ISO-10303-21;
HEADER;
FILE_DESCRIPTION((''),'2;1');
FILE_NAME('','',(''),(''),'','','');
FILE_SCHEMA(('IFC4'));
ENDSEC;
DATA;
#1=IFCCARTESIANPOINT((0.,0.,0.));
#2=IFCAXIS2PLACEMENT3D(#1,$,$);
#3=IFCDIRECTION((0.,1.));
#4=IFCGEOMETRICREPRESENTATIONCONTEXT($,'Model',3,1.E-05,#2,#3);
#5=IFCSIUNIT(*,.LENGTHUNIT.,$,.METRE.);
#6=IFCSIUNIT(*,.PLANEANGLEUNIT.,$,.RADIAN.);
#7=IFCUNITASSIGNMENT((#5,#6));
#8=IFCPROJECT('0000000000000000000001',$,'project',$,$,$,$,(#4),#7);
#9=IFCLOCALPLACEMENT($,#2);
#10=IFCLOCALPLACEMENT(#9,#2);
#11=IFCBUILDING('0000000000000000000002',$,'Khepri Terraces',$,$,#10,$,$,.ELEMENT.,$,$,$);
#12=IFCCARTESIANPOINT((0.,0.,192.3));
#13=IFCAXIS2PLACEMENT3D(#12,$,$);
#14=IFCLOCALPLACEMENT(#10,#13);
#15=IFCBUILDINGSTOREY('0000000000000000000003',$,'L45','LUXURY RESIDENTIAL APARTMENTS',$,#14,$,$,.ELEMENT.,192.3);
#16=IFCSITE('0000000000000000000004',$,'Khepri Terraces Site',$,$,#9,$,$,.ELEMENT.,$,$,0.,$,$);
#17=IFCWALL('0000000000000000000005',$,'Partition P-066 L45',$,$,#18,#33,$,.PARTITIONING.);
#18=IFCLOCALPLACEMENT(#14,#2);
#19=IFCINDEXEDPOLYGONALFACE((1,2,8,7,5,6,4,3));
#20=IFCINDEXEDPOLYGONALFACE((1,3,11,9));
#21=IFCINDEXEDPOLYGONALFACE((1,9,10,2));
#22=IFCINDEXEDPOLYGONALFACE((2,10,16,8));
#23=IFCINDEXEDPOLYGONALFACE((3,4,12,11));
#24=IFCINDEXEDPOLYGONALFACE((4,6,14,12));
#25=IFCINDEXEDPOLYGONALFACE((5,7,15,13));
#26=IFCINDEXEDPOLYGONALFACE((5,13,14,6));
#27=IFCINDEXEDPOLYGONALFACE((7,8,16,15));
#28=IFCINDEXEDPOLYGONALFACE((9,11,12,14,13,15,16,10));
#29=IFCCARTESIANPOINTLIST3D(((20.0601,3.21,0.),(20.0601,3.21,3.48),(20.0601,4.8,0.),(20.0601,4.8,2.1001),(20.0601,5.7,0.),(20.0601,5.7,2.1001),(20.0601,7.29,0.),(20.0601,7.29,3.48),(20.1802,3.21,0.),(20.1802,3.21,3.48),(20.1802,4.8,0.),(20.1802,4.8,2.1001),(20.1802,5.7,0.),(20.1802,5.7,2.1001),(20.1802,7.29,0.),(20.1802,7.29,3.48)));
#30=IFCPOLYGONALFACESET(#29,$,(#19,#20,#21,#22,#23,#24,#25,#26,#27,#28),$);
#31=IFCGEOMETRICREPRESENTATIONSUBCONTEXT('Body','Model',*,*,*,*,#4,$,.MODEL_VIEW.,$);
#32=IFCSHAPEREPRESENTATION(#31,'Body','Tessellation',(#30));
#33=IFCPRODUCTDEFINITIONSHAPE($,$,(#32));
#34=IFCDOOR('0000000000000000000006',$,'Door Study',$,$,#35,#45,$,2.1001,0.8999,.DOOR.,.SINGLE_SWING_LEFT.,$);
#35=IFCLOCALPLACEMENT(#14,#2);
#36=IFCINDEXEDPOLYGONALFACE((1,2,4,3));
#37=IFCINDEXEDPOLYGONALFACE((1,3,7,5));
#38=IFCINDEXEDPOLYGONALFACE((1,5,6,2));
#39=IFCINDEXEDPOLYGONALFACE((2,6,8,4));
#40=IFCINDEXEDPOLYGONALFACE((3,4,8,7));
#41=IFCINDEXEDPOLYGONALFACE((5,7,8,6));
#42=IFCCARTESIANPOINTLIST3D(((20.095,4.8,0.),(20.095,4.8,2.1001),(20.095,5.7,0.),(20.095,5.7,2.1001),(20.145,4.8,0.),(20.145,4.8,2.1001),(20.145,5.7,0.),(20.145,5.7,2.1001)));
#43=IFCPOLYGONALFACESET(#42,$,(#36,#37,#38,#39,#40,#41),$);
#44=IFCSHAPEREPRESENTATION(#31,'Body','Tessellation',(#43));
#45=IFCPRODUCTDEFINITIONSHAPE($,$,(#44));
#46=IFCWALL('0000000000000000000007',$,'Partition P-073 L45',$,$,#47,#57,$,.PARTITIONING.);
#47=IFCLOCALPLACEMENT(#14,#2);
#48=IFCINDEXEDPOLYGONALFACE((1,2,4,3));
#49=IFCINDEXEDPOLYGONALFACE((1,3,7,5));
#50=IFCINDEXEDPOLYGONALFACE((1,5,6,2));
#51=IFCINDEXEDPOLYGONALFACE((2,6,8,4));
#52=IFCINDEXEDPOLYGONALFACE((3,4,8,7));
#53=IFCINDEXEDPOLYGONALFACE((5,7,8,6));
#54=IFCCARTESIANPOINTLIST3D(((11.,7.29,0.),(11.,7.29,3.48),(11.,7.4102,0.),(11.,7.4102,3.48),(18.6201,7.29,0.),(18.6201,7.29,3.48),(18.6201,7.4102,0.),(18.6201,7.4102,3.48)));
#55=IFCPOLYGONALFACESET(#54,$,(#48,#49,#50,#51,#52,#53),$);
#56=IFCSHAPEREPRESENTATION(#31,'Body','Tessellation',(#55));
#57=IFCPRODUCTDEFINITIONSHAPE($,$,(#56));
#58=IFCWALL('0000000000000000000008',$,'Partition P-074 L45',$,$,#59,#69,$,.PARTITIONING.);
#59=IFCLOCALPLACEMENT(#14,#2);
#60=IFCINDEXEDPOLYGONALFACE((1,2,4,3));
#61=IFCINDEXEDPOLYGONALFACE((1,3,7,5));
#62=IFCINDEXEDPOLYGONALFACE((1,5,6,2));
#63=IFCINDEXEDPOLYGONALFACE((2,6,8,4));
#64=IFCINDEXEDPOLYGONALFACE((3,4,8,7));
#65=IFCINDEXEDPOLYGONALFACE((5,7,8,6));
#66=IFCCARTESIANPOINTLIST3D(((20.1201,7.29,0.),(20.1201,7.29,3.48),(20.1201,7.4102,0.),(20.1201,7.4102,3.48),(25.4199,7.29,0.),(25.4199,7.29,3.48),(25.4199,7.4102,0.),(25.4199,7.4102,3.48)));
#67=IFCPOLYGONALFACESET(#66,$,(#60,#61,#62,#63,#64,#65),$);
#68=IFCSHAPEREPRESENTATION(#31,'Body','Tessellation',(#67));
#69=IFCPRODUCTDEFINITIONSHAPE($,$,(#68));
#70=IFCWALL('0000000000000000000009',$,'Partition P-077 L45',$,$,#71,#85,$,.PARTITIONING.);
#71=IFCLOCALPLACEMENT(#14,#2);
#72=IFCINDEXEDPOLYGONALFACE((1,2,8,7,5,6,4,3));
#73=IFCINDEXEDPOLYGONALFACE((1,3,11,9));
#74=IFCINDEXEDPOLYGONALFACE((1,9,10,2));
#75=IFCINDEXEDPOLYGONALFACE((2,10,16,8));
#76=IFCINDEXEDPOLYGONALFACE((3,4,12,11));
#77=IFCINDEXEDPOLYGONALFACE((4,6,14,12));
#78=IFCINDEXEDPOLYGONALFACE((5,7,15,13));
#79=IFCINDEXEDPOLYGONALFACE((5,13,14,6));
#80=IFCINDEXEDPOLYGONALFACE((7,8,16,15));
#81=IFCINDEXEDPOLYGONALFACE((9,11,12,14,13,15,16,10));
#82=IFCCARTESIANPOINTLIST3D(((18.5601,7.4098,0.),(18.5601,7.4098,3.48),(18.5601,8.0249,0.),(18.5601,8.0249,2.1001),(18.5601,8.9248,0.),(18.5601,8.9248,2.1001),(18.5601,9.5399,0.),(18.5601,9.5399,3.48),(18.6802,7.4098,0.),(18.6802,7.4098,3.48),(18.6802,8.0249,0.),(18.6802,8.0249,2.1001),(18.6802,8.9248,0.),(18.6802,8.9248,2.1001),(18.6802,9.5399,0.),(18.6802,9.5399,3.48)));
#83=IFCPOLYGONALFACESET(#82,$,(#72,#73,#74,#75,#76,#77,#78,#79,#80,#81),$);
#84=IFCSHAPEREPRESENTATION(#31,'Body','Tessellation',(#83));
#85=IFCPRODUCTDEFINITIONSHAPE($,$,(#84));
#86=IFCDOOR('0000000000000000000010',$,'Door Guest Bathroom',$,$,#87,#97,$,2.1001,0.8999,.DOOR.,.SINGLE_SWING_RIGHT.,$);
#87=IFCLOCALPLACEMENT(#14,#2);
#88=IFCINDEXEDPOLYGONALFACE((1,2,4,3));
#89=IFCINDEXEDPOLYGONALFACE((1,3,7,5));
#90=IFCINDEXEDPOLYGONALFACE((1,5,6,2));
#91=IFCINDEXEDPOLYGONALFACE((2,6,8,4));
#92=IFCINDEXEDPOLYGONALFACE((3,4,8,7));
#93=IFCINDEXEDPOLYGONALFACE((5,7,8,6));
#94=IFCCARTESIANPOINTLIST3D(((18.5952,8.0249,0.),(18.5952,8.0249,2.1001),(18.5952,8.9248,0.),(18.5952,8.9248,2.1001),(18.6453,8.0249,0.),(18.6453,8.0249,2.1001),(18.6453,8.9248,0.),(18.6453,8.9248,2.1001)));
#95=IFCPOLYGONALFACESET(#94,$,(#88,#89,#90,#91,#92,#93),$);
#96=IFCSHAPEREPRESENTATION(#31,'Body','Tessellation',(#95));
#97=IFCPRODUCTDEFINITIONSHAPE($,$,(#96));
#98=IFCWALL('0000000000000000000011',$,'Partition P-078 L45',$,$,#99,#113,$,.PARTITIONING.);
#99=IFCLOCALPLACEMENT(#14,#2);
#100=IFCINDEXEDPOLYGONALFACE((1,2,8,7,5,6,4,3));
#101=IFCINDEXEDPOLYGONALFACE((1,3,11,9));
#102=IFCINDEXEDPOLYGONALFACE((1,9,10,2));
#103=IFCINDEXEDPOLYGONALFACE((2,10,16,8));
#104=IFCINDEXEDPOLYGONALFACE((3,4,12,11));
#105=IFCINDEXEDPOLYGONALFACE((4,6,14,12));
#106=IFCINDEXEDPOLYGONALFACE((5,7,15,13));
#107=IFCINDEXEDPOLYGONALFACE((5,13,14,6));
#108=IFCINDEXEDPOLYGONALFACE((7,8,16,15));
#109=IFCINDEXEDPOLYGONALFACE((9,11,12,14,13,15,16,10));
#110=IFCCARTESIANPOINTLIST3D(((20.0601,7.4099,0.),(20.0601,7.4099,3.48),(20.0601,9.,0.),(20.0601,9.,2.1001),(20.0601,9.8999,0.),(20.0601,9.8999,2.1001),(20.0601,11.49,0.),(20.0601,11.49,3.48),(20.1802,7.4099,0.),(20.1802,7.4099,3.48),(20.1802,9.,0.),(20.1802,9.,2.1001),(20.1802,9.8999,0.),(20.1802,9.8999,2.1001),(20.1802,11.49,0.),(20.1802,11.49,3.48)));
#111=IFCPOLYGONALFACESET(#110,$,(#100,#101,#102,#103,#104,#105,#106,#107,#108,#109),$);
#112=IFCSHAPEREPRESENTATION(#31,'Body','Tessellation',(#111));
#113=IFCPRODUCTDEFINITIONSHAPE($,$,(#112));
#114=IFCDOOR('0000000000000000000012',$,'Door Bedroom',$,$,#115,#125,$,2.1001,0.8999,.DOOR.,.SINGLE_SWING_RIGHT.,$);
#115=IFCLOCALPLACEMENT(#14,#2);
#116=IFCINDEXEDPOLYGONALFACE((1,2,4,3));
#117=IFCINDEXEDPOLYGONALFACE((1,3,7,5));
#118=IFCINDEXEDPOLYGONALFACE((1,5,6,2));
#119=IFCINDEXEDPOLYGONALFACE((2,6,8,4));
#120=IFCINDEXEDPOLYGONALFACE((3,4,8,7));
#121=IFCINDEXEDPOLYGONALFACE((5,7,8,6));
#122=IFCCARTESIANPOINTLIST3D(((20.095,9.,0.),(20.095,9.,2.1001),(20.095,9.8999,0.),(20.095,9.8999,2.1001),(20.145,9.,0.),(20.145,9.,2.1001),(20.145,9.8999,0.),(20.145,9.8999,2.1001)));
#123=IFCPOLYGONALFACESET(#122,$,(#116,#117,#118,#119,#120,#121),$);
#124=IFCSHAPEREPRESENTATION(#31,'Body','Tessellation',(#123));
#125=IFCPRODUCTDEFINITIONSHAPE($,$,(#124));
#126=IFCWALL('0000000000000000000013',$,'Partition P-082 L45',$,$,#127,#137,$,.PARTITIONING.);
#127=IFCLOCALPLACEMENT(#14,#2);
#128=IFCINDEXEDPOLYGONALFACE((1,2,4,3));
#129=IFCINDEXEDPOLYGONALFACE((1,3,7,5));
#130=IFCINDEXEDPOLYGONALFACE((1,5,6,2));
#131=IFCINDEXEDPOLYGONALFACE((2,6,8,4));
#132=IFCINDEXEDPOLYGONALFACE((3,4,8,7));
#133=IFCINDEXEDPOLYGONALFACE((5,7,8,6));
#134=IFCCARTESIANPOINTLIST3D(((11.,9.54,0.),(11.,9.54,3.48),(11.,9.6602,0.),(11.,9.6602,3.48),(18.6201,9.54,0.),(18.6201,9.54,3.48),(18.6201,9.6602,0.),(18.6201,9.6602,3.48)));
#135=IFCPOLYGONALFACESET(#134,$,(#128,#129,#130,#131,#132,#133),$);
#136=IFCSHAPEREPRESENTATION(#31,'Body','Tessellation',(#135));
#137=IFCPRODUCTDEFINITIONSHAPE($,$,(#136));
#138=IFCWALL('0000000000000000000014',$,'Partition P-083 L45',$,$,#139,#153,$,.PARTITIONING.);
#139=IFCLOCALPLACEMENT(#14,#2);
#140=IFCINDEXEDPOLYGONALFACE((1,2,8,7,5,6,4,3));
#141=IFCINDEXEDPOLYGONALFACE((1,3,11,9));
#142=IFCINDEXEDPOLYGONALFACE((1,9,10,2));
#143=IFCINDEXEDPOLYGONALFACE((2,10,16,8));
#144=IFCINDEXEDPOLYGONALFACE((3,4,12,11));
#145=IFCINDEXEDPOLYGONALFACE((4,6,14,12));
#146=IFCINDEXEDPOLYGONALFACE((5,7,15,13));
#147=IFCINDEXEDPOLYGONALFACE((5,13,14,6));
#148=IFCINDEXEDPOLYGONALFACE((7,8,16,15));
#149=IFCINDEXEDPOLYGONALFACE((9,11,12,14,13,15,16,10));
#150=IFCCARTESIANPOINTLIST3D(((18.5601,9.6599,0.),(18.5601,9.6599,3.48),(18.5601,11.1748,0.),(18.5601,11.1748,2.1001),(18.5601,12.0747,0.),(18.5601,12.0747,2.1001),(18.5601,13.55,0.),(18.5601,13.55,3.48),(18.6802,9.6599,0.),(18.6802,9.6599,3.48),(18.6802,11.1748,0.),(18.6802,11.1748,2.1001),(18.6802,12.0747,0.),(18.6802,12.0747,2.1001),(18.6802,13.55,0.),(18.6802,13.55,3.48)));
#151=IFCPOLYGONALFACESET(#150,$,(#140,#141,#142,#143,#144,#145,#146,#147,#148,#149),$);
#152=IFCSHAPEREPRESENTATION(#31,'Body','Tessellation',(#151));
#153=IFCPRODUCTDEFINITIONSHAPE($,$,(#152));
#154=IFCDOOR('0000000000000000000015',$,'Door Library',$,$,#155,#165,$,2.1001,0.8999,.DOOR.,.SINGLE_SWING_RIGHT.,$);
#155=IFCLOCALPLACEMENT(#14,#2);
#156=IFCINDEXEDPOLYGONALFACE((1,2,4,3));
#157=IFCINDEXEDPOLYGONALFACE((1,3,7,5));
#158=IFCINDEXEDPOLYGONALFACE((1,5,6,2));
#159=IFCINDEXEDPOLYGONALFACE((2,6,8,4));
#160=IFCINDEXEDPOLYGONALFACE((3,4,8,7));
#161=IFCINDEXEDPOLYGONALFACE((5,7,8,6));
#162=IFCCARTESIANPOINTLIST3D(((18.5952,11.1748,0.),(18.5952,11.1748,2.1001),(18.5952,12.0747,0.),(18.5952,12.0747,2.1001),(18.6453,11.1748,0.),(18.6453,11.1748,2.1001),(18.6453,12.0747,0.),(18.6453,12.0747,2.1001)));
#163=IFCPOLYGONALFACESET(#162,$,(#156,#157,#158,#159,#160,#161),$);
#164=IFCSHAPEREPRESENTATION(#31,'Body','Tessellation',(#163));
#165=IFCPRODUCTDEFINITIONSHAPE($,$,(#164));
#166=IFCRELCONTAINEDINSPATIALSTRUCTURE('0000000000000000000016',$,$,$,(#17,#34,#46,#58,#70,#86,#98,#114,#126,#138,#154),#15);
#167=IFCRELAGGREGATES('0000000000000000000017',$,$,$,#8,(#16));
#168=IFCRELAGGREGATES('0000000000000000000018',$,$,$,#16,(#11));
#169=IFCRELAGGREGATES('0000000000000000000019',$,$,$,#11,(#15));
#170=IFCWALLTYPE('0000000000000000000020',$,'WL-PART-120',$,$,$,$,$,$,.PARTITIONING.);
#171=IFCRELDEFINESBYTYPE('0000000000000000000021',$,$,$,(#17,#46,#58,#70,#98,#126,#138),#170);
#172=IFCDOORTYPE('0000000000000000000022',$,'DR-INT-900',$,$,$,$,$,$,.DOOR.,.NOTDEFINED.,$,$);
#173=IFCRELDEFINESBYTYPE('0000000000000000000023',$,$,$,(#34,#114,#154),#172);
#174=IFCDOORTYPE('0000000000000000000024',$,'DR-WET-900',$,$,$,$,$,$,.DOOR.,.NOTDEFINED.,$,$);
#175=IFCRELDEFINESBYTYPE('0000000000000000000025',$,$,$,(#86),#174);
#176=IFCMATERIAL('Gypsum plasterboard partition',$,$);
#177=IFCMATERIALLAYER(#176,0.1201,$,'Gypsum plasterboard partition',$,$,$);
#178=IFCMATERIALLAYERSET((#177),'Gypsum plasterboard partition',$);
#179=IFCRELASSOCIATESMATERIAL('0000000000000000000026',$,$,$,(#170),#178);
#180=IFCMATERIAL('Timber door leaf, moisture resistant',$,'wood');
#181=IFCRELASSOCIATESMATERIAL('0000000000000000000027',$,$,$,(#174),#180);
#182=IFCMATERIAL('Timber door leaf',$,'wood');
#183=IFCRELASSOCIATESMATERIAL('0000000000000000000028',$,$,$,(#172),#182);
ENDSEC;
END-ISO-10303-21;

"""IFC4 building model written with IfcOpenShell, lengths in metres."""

from ifc_helpers import new_model, si_unit, direction, frame, frame_2d, origin, place, context, subcontext, project, spatial, rectangle, extrude, material, layer, layer_set, type_object, element, fill, save


model = new_model("IFC4")

# Units and contexts
model_context = context("Model", 3, precision=1e-05, world=origin(), true_north=direction((0.0, 1.0)))
body_context = subcontext(model_context, "Body", "Model", "MODEL_VIEW")
ifc_project = project(units=[si_unit("LENGTHUNIT", "METRE"), si_unit("PLANEANGLEUNIT", "RADIAN")], contexts=[model_context])

# Site, building, storey
site_placement = place(None, origin())
site = spatial("IfcSite", under=ifc_project, at=site_placement, Name="Khepri Terraces Site", CompositionType="ELEMENT", RefElevation=0.0)
building_placement = place(site_placement, origin())
building = spatial("IfcBuilding", under=site, at=building_placement, Name="Khepri Terraces", CompositionType="ELEMENT")
storey_placement = place(building_placement, frame((0.0, 0.0, 192.3)))
storey = spatial("IfcBuildingStorey", under=building, at=storey_placement, Name="L45", Description="LUXURY RESIDENTIAL APARTMENTS", CompositionType="ELEMENT", Elevation=192.3)

# Shared definitions
ifc_material_1 = material(Name="Gypsum plasterboard partition")
ifc_layer_1 = layer(ifc_material_1, 0.1201, Name="Gypsum plasterboard partition")
ifc_layer_set_1 = layer_set([ifc_layer_1], Name="Gypsum plasterboard partition")
wall_type_1 = type_object("IfcWallType", Name="WL-PART-120", PredefinedType="PARTITIONING", material=ifc_layer_set_1)
ifc_material_2 = material(Name="Timber door leaf, moisture resistant", Category="wood")
door_type_1 = type_object("IfcDoorType", Name="DR-WET-900", OperationType="NOTDEFINED", PredefinedType="DOOR", material=ifc_material_2)

# Wall, opening, door
ifc_material_3 = material(Name="Timber door leaf", Category="wood")
door_type_2 = type_object("IfcDoorType", Name="DR-INT-900", OperationType="NOTDEFINED", PredefinedType="DOOR", material=ifc_material_3)
wall_1_placement = place(storey_placement, frame((20.1201, 3.21, 0.0), z_axis=(0.0, 0.0, 1.0), x_axis=(0.0, 1.0, 0.0)))
wall_1 = element("IfcWall", 1, at=wall_1_placement, inside=storey, type_object=wall_type_1, Name="Partition P-066 L45", PredefinedType="PARTITIONING", context=body_context, shape_type="SweptSolid", body=[
    extrude(rectangle(XDim=4.0801, YDim=0.1201, at=frame_2d((2.04, 0.0))), origin(), (0.0, 0.0, 1.0), 3.48),
])
opening_1_placement = place(wall_1_placement, frame((1.5901, 0.0, 0.0)))
opening_1 = element("IfcOpeningElement", 2, at=opening_1_placement, cuts=wall_1, PredefinedType="OPENING", context=body_context, shape_type="SweptSolid", body=[
    extrude(rectangle(XDim=0.8999, YDim=2.1001, at=frame_2d((0.45, 1.05))), frame((0.0, 0.0701, 0.0), z_axis=(0.0, -1.0, 0.0), x_axis=(1.0, 0.0, 0.0)), (0.0, 0.0, 1.0), 0.1401),
])
door_1_placement = place(opening_1_placement, frame((0.8999, 0.0, 0.0), z_axis=(0.0, 0.0, 1.0), x_axis=(-1.0, 0.0, 0.0)))
door_1 = element("IfcDoor", 3, at=door_1_placement, inside=storey, type_object=door_type_2, Name="Door Study", OperationType="SINGLE_SWING_LEFT", OverallHeight=2.1001, OverallWidth=0.8999, PredefinedType="DOOR", context=body_context, shape_type="SweptSolid", body=[
    extrude(rectangle(XDim=0.8999, YDim=2.1001, at=frame_2d((0.45, 1.05))), frame((0.0, 0.0249, 0.0), z_axis=(0.0, -1.0, 0.0), x_axis=(1.0, 0.0, 0.0)), (0.0, 0.0, 1.0), 0.05),
])
fill(opening_1, door_1)

# Walls
wall_2_placement = place(storey_placement, frame((11.0, 7.3501, 0.0), z_axis=(0.0, 0.0, 1.0), x_axis=(1.0, 0.0, 0.0)))
element("IfcWall", 4, at=wall_2_placement, inside=storey, type_object=wall_type_1, Name="Partition P-073 L45", PredefinedType="PARTITIONING", context=body_context, shape_type="SweptSolid", body=[
    extrude(rectangle(XDim=7.6201, YDim=0.1201, at=frame_2d((3.8101, 0.0))), origin(), (0.0, 0.0, 1.0), 3.48),
])
wall_3_placement = place(storey_placement, frame((20.1201, 7.3501, 0.0), z_axis=(0.0, 0.0, 1.0), x_axis=(1.0, 0.0, 0.0)))
element("IfcWall", 5, at=wall_3_placement, inside=storey, type_object=wall_type_1, Name="Partition P-074 L45", PredefinedType="PARTITIONING", context=body_context, shape_type="SweptSolid", body=[
    extrude(rectangle(XDim=5.2998, YDim=0.1201, at=frame_2d((2.6499, 0.0))), origin(), (0.0, 0.0, 1.0), 3.48),
])

# Walls, openings, doors
wall_4_placement = place(storey_placement, frame((18.6201, 7.4099, 0.0), z_axis=(0.0, 0.0, 1.0), x_axis=(0.0, 1.0, 0.0)))
wall_4 = element("IfcWall", 6, at=wall_4_placement, inside=storey, type_object=wall_type_1, Name="Partition P-077 L45", PredefinedType="PARTITIONING", context=body_context, shape_type="SweptSolid", body=[
    extrude(rectangle(XDim=2.1301, YDim=0.1201, at=frame_2d((1.0649, 0.0))), origin(), (0.0, 0.0, 1.0), 3.48),
])
opening_2_placement = place(wall_4_placement, frame((0.615, 0.0, 0.0)))
opening_2 = element("IfcOpeningElement", 7, at=opening_2_placement, cuts=wall_4, PredefinedType="OPENING", context=body_context, shape_type="SweptSolid", body=[
    extrude(rectangle(XDim=0.8999, YDim=2.1001, at=frame_2d((0.45, 1.05))), frame((0.0, 0.0701, 0.0), z_axis=(0.0, -1.0, 0.0), x_axis=(1.0, 0.0, 0.0)), (0.0, 0.0, 1.0), 0.1401),
])
door_2_placement = place(opening_2_placement, origin())
door_2 = element("IfcDoor", 8, at=door_2_placement, inside=storey, type_object=door_type_1, Name="Door Guest Bathroom", OperationType="SINGLE_SWING_RIGHT", OverallHeight=2.1001, OverallWidth=0.8999, PredefinedType="DOOR", context=body_context, shape_type="SweptSolid", body=[
    extrude(rectangle(XDim=0.8999, YDim=2.1001, at=frame_2d((0.45, 1.05))), frame((0.0, 0.0249, 0.0), z_axis=(0.0, -1.0, 0.0), x_axis=(1.0, 0.0, 0.0)), (0.0, 0.0, 1.0), 0.05),
])
fill(opening_2, door_2)
wall_5_placement = place(storey_placement, frame((20.1201, 7.4099, 0.0), z_axis=(0.0, 0.0, 1.0), x_axis=(0.0, 1.0, 0.0)))
wall_5 = element("IfcWall", 9, at=wall_5_placement, inside=storey, type_object=wall_type_1, Name="Partition P-078 L45", PredefinedType="PARTITIONING", context=body_context, shape_type="SweptSolid", body=[
    extrude(rectangle(XDim=4.0801, YDim=0.1201, at=frame_2d((2.04, 0.0))), origin(), (0.0, 0.0, 1.0), 3.48),
])
opening_3_placement = place(wall_5_placement, frame((1.5901, 0.0, 0.0)))
opening_3 = element("IfcOpeningElement", 10, at=opening_3_placement, cuts=wall_5, PredefinedType="OPENING", context=body_context, shape_type="SweptSolid", body=[
    extrude(rectangle(XDim=0.8999, YDim=2.1001, at=frame_2d((0.45, 1.05))), frame((0.0, 0.0701, 0.0), z_axis=(0.0, -1.0, 0.0), x_axis=(1.0, 0.0, 0.0)), (0.0, 0.0, 1.0), 0.1401),
])
door_3_placement = place(opening_3_placement, frame((0.8999, 0.0, 0.0), z_axis=(0.0, 0.0, 1.0), x_axis=(-1.0, 0.0, 0.0)))
door_3 = element("IfcDoor", 11, at=door_3_placement, inside=storey, type_object=door_type_2, Name="Door Bedroom", OperationType="SINGLE_SWING_RIGHT", OverallHeight=2.1001, OverallWidth=0.8999, PredefinedType="DOOR", context=body_context, shape_type="SweptSolid", body=[
    extrude(rectangle(XDim=0.8999, YDim=2.1001, at=frame_2d((0.45, 1.05))), frame((0.0, 0.0249, 0.0), z_axis=(0.0, -1.0, 0.0), x_axis=(1.0, 0.0, 0.0)), (0.0, 0.0, 1.0), 0.05),
])
fill(opening_3, door_3)

# Wall
wall_6_placement = place(storey_placement, frame((11.0, 9.6001, 0.0), z_axis=(0.0, 0.0, 1.0), x_axis=(1.0, 0.0, 0.0)))
element("IfcWall", 12, at=wall_6_placement, inside=storey, type_object=wall_type_1, Name="Partition P-082 L45", PredefinedType="PARTITIONING", context=body_context, shape_type="SweptSolid", body=[
    extrude(rectangle(XDim=7.6201, YDim=0.1201, at=frame_2d((3.8101, 0.0))), origin(), (0.0, 0.0, 1.0), 3.48),
])

# Wall, opening, door
wall_7_placement = place(storey_placement, frame((18.6201, 9.6599, 0.0), z_axis=(0.0, 0.0, 1.0), x_axis=(0.0, 1.0, 0.0)))
wall_7 = element("IfcWall", 13, at=wall_7_placement, inside=storey, type_object=wall_type_1, Name="Partition P-083 L45", PredefinedType="PARTITIONING", context=body_context, shape_type="SweptSolid", body=[
    extrude(rectangle(XDim=3.8901, YDim=0.1201, at=frame_2d((1.9451, 0.0))), origin(), (0.0, 0.0, 1.0), 3.48),
])
opening_4_placement = place(wall_7_placement, frame((1.5149, 0.0, 0.0)))
opening_4 = element("IfcOpeningElement", 14, at=opening_4_placement, cuts=wall_7, PredefinedType="OPENING", context=body_context, shape_type="SweptSolid", body=[
    extrude(rectangle(XDim=0.8999, YDim=2.1001, at=frame_2d((0.45, 1.05))), frame((0.0, 0.0701, 0.0), z_axis=(0.0, -1.0, 0.0), x_axis=(1.0, 0.0, 0.0)), (0.0, 0.0, 1.0), 0.1401),
])
door_4_placement = place(opening_4_placement, origin())
door_4 = element("IfcDoor", 15, at=door_4_placement, inside=storey, type_object=door_type_2, Name="Door Library", OperationType="SINGLE_SWING_RIGHT", OverallHeight=2.1001, OverallWidth=0.8999, PredefinedType="DOOR", context=body_context, shape_type="SweptSolid", body=[
    extrude(rectangle(XDim=0.8999, YDim=2.1001, at=frame_2d((0.45, 1.05))), frame((0.0, 0.0249, 0.0), z_axis=(0.0, -1.0, 0.0), x_axis=(1.0, 0.0, 0.0)), (0.0, 0.0, 1.0), 0.05),
])
fill(opening_4, door_4)

save(model, "model.ifc")
